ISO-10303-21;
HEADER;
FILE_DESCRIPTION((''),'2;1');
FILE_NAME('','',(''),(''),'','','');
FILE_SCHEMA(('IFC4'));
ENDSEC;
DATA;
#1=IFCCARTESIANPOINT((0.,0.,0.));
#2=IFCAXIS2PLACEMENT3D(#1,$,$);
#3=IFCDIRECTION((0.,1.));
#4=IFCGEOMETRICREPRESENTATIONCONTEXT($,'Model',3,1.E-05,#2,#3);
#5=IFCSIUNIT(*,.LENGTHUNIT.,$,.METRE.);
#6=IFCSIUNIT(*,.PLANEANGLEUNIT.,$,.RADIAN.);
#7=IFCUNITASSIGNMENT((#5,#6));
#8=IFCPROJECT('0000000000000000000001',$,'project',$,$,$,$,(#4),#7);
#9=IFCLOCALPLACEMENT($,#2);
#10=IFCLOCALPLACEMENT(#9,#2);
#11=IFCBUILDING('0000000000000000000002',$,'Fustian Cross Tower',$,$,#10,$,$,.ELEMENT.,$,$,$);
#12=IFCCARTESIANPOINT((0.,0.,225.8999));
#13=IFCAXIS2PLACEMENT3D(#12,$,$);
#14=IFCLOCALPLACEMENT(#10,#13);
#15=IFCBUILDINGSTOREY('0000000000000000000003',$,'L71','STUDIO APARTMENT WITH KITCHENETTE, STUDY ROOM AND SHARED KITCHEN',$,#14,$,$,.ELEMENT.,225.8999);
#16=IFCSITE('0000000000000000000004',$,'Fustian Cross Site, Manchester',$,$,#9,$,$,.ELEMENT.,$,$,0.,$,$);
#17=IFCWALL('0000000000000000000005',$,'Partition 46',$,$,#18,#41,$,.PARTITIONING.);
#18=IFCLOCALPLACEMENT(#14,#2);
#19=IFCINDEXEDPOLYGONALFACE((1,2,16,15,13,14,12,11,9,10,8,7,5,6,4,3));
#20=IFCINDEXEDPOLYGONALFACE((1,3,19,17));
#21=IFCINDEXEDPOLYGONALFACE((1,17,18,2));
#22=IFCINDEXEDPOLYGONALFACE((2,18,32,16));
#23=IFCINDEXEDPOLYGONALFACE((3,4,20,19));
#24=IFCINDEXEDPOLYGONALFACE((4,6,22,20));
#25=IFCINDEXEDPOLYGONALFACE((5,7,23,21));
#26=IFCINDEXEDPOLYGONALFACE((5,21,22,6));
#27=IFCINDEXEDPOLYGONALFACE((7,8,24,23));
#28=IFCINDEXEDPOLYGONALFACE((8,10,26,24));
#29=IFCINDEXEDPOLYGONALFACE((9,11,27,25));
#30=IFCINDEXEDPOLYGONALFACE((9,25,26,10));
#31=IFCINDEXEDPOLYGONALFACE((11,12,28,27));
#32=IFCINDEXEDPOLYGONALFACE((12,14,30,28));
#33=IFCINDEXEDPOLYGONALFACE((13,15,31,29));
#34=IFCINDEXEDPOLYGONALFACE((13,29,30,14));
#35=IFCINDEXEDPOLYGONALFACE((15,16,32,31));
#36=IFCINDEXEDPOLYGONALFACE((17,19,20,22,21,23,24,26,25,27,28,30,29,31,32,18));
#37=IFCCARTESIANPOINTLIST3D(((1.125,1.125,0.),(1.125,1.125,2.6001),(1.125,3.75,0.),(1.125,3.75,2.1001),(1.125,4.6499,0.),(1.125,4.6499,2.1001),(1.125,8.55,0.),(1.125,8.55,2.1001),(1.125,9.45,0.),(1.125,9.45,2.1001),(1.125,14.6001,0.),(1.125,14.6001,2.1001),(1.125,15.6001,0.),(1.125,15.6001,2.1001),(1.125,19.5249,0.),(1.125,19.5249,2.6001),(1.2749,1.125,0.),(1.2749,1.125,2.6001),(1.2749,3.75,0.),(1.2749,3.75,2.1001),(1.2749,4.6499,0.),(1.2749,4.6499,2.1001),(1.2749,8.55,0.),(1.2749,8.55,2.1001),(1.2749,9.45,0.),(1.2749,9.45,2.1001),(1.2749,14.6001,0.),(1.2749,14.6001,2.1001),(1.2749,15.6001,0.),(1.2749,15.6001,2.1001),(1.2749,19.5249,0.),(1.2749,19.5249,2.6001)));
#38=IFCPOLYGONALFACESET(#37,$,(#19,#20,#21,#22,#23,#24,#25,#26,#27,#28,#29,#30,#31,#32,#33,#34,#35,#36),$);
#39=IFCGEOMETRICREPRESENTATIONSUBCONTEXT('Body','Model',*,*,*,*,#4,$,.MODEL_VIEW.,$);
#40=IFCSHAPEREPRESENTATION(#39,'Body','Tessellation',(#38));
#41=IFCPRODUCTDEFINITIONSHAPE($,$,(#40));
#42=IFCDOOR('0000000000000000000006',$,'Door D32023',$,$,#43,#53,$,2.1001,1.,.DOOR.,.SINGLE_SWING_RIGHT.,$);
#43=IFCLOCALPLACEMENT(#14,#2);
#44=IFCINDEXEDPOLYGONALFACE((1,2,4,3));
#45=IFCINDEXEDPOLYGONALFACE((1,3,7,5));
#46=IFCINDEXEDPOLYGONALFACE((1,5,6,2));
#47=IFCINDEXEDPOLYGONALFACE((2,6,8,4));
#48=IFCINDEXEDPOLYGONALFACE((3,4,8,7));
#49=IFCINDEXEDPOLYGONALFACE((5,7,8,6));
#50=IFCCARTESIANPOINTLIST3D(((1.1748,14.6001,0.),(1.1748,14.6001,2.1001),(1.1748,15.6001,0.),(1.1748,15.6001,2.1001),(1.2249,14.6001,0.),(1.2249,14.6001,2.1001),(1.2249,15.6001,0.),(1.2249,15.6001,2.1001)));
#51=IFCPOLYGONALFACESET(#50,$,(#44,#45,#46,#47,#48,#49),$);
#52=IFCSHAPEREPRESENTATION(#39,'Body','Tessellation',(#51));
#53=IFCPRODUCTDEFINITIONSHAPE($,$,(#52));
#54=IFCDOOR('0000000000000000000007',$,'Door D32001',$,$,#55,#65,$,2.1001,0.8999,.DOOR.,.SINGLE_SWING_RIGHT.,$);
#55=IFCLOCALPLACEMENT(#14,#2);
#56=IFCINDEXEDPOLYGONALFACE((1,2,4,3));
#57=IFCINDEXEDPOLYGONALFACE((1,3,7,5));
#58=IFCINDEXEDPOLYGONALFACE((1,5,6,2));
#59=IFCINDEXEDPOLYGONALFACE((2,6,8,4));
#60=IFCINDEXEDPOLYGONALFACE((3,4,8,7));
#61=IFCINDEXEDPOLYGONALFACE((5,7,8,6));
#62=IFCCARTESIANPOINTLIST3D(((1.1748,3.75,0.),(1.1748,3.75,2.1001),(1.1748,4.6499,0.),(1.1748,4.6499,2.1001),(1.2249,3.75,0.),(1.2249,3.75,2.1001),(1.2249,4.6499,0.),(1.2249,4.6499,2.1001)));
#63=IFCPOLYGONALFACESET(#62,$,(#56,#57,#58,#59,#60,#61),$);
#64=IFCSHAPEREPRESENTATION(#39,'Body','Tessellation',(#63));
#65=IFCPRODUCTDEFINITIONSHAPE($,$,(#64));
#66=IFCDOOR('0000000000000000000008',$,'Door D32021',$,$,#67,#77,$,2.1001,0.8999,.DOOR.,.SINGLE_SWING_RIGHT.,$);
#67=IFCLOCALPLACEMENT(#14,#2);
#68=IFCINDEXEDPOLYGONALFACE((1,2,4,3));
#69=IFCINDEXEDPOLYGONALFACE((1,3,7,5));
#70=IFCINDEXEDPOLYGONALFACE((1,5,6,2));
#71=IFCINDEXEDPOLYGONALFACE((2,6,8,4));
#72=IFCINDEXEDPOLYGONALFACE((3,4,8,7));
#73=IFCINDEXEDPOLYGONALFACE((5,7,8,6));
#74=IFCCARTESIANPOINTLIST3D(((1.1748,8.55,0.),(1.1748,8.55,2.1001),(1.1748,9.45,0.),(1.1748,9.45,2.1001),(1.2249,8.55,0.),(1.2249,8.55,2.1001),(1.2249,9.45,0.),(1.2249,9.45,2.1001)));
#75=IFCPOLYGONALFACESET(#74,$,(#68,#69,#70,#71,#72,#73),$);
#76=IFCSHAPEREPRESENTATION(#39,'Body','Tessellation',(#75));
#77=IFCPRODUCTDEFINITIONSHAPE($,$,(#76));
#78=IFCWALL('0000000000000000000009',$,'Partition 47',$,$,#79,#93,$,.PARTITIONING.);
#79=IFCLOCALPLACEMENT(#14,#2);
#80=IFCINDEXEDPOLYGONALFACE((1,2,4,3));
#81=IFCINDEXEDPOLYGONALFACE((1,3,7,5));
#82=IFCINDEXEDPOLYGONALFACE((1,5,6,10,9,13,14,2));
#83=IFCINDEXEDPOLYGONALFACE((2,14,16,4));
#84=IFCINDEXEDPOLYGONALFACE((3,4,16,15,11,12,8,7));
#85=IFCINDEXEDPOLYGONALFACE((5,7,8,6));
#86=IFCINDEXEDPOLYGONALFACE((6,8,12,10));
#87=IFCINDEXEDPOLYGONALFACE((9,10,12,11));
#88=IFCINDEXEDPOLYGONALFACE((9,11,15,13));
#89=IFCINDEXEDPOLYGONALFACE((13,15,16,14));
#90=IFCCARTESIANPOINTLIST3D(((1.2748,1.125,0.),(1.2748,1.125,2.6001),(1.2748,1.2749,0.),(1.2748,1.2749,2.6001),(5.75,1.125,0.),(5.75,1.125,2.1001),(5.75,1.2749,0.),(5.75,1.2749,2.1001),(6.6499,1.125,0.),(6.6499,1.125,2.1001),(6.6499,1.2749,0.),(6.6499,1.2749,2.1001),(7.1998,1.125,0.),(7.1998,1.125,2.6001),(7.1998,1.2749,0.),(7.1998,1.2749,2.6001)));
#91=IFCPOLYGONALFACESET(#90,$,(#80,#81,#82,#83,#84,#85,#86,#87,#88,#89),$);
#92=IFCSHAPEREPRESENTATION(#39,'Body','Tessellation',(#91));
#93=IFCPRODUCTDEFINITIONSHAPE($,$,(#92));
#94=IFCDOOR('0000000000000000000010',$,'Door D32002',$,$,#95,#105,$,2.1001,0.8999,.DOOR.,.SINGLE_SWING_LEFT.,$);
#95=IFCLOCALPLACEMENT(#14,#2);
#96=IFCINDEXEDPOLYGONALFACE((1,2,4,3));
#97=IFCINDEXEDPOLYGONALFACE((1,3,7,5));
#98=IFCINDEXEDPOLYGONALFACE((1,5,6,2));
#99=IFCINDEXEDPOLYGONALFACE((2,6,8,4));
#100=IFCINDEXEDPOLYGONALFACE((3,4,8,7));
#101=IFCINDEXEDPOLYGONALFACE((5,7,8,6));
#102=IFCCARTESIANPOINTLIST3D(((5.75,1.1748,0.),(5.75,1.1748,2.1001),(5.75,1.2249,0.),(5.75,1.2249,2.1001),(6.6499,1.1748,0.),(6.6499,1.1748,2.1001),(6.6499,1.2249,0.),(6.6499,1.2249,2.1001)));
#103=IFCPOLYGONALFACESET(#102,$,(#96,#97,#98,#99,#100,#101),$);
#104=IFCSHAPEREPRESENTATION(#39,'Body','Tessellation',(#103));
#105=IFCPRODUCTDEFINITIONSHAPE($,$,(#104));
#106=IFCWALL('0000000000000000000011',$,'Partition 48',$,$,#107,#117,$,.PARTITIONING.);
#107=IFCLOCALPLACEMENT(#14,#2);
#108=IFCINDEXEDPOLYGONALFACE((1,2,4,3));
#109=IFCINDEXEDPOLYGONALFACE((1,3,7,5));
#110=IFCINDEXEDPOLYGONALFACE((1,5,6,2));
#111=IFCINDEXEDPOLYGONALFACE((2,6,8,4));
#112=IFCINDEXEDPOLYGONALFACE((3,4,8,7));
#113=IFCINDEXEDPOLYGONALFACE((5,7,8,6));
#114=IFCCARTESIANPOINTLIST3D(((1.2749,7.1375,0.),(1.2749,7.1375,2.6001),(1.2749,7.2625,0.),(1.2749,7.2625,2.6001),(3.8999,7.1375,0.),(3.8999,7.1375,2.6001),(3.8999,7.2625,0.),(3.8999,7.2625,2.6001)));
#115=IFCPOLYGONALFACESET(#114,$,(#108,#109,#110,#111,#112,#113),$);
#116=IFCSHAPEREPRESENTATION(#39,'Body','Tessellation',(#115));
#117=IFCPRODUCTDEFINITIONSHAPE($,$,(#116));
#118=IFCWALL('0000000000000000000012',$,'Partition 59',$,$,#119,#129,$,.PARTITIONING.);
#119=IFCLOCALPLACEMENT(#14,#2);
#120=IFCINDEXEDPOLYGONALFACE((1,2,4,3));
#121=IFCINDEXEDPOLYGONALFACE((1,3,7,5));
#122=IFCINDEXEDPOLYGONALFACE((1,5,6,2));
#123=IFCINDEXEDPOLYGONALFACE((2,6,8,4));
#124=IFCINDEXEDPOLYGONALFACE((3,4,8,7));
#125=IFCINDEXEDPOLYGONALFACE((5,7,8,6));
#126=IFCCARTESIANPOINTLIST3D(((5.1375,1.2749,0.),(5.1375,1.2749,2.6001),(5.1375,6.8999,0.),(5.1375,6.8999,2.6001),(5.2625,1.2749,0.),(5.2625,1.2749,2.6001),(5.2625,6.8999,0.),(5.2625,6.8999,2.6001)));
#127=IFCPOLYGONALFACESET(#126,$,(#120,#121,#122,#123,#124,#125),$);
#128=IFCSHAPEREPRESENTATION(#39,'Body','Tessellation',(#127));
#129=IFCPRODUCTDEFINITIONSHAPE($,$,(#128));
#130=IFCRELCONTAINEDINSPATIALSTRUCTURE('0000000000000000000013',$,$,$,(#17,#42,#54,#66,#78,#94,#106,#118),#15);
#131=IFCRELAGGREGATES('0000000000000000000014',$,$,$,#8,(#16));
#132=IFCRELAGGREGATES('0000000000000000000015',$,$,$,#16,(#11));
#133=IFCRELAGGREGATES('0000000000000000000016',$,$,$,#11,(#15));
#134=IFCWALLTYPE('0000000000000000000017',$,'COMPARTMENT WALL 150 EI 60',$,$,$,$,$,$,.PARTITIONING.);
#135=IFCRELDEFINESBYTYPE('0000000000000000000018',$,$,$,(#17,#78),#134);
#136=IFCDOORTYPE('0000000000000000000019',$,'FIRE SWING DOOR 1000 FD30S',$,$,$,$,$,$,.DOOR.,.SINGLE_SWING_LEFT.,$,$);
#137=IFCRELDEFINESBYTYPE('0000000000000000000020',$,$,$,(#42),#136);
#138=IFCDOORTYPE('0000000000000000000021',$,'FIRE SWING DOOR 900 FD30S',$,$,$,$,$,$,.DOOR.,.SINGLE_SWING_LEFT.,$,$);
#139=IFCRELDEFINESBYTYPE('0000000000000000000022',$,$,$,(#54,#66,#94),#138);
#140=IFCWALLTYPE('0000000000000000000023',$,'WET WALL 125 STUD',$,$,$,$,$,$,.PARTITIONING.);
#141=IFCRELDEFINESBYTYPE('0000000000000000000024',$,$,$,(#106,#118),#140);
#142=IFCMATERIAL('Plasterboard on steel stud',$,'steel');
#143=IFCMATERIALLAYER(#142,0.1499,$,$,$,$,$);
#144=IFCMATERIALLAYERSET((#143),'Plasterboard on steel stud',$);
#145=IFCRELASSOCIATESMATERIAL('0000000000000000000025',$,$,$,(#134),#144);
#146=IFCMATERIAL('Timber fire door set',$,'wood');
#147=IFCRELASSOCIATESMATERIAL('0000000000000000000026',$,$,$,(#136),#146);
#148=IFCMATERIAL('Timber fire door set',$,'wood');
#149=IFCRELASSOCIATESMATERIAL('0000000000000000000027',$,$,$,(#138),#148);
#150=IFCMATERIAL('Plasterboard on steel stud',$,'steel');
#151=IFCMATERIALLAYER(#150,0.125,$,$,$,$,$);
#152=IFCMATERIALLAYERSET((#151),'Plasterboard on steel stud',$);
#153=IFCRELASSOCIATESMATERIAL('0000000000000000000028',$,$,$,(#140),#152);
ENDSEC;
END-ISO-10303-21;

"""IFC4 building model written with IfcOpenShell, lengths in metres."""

from ifc_helpers import new_model, si_unit, direction, frame, frame_2d, origin, place, context, subcontext, project, spatial, rectangle, extrude, material, layer, layer_set, type_object, element, fill, save


model = new_model("IFC4")

# Units and contexts
model_context = context("Model", 3, precision=1e-05, world=origin(), true_north=direction((0.0, 1.0)))
body_context = subcontext(model_context, "Body", "Model", "MODEL_VIEW")
ifc_project = project(units=[si_unit("LENGTHUNIT", "METRE"), si_unit("PLANEANGLEUNIT", "RADIAN")], contexts=[model_context])

# Site, building, storey
site_placement = place(None, origin())
site = spatial("IfcSite", under=ifc_project, at=site_placement, Name="Fustian Cross Site, Manchester", CompositionType="ELEMENT", RefElevation=0.0)
building_placement = place(site_placement, origin())
building = spatial("IfcBuilding", under=site, at=building_placement, Name="Fustian Cross Tower", CompositionType="ELEMENT")
storey_placement = place(building_placement, frame((0.0, 0.0, 225.8999)))
storey = spatial("IfcBuildingStorey", under=building, at=storey_placement, Name="L71", Description="STUDIO APARTMENT WITH KITCHENETTE, STUDY ROOM AND SHARED KITCHEN", CompositionType="ELEMENT", Elevation=225.8999)

# Wall, openings, doors
ifc_material_1 = material(Name="Plasterboard on steel stud", Category="steel")
ifc_layer_1 = layer(ifc_material_1, 0.1499)
ifc_layer_set_1 = layer_set([ifc_layer_1], Name="Plasterboard on steel stud")
wall_type_1 = type_object("IfcWallType", Name="COMPARTMENT WALL 150 EI 60", PredefinedType="PARTITIONING", material=ifc_layer_set_1)
wall_1_placement = place(storey_placement, frame((1.2, 1.125, 0.0), z_axis=(0.0, 0.0, 1.0), x_axis=(0.0, 1.0, 0.0)))
wall_1 = element("IfcWall", 1, at=wall_1_placement, inside=storey, type_object=wall_type_1, Name="Partition 46", PredefinedType="PARTITIONING", context=body_context, shape_type="SweptSolid", body=[
    extrude(rectangle(XDim=18.3999, YDim=0.1499, at=frame_2d((9.2, 0.0))), origin(), (0.0, 0.0, 1.0), 2.6001),
])
opening_1_placement = place(wall_1_placement, frame((2.625, 0.0, 0.0)))
opening_1 = element("IfcOpeningElement", 2, at=opening_1_placement, cuts=wall_1, PredefinedType="OPENING", context=body_context, shape_type="SweptSolid", body=[
    extrude(rectangle(XDim=0.8999, YDim=2.1001, at=frame_2d((0.45, 1.05))), frame((0.0, 0.085, 0.0), z_axis=(0.0, -1.0, 0.0), x_axis=(1.0, 0.0, 0.0)), (0.0, 0.0, 1.0), 0.1699),
])
opening_2_placement = place(wall_1_placement, frame((7.425, 0.0, 0.0)))
opening_2 = element("IfcOpeningElement", 3, at=opening_2_placement, cuts=wall_1, PredefinedType="OPENING", context=body_context, shape_type="SweptSolid", body=[
    extrude(rectangle(XDim=0.8999, YDim=2.1001, at=frame_2d((0.45, 1.05))), frame((0.0, 0.085, 0.0), z_axis=(0.0, -1.0, 0.0), x_axis=(1.0, 0.0, 0.0)), (0.0, 0.0, 1.0), 0.1699),
])
opening_3_placement = place(wall_1_placement, frame((13.4751, 0.0, 0.0)))
opening_3 = element("IfcOpeningElement", 4, at=opening_3_placement, cuts=wall_1, PredefinedType="OPENING", context=body_context, shape_type="SweptSolid", body=[
    extrude(rectangle(XDim=1.0, YDim=2.1001, at=frame_2d((0.5, 1.05))), frame((0.0, 0.085, 0.0), z_axis=(0.0, -1.0, 0.0), x_axis=(1.0, 0.0, 0.0)), (0.0, 0.0, 1.0), 0.1699),
])
ifc_material_2 = material(Name="Timber fire door set", Category="wood")
door_type_1 = type_object("IfcDoorType", Name="FIRE SWING DOOR 1000 FD30S", OperationType="SINGLE_SWING_LEFT", PredefinedType="DOOR", material=ifc_material_2)
door_1_placement = place(opening_3_placement, frame((1.0, 0.0, 0.0), z_axis=(0.0, 0.0, 1.0), x_axis=(-1.0, 0.0, 0.0)))
door_1 = element("IfcDoor", 5, at=door_1_placement, inside=storey, type_object=door_type_1, Name="Door D32023", OperationType="SINGLE_SWING_RIGHT", OverallHeight=2.1001, OverallWidth=1.0, PredefinedType="DOOR", context=body_context, shape_type="SweptSolid", body=[
    extrude(rectangle(XDim=1.0, YDim=2.1001, at=frame_2d((0.5, 1.05))), frame((0.0, 0.0249, 0.0), z_axis=(0.0, -1.0, 0.0), x_axis=(1.0, 0.0, 0.0)), (0.0, 0.0, 1.0), 0.05),
])
fill(opening_3, door_1)
ifc_material_3 = material(Name="Timber fire door set", Category="wood")
door_type_2 = type_object("IfcDoorType", Name="FIRE SWING DOOR 900 FD30S", OperationType="SINGLE_SWING_LEFT", PredefinedType="DOOR", material=ifc_material_3)
door_2_placement = place(opening_1_placement, frame((0.8999, 0.0, 0.0), z_axis=(0.0, 0.0, 1.0), x_axis=(-1.0, 0.0, 0.0)))
door_2 = element("IfcDoor", 6, at=door_2_placement, inside=storey, type_object=door_type_2, Name="Door D32001", OperationType="SINGLE_SWING_RIGHT", OverallHeight=2.1001, OverallWidth=0.8999, PredefinedType="DOOR", context=body_context, shape_type="SweptSolid", body=[
    extrude(rectangle(XDim=0.8999, YDim=2.1001, at=frame_2d((0.45, 1.05))), frame((0.0, 0.0249, 0.0), z_axis=(0.0, -1.0, 0.0), x_axis=(1.0, 0.0, 0.0)), (0.0, 0.0, 1.0), 0.05),
])
fill(opening_1, door_2)
door_3_placement = place(opening_2_placement, frame((0.8999, 0.0, 0.0), z_axis=(0.0, 0.0, 1.0), x_axis=(-1.0, 0.0, 0.0)))
door_3 = element("IfcDoor", 7, at=door_3_placement, inside=storey, type_object=door_type_2, Name="Door D32021", OperationType="SINGLE_SWING_RIGHT", OverallHeight=2.1001, OverallWidth=0.8999, PredefinedType="DOOR", context=body_context, shape_type="SweptSolid", body=[
    extrude(rectangle(XDim=0.8999, YDim=2.1001, at=frame_2d((0.45, 1.05))), frame((0.0, 0.0249, 0.0), z_axis=(0.0, -1.0, 0.0), x_axis=(1.0, 0.0, 0.0)), (0.0, 0.0, 1.0), 0.05),
])
fill(opening_2, door_3)

# Wall, opening, door
wall_2_placement = place(storey_placement, frame((1.2749, 1.2, 0.0), z_axis=(0.0, 0.0, 1.0), x_axis=(1.0, 0.0, 0.0)))
wall_2 = element("IfcWall", 8, at=wall_2_placement, inside=storey, type_object=wall_type_1, Name="Partition 47", PredefinedType="PARTITIONING", context=body_context, shape_type="SweptSolid", body=[
    extrude(rectangle(XDim=5.925, YDim=0.1499, at=frame_2d((2.9624, 0.0))), origin(), (0.0, 0.0, 1.0), 2.6001),
])
opening_4_placement = place(wall_2_placement, frame((4.4751, 0.0, 0.0)))
opening_4 = element("IfcOpeningElement", 9, at=opening_4_placement, cuts=wall_2, PredefinedType="OPENING", context=body_context, shape_type="SweptSolid", body=[
    extrude(rectangle(XDim=0.8999, YDim=2.1001, at=frame_2d((0.45, 1.05))), frame((0.0, 0.085, 0.0), z_axis=(0.0, -1.0, 0.0), x_axis=(1.0, 0.0, 0.0)), (0.0, 0.0, 1.0), 0.1699),
])
door_4_placement = place(opening_4_placement, origin())
door_4 = element("IfcDoor", 10, at=door_4_placement, inside=storey, type_object=door_type_2, Name="Door D32002", OperationType="SINGLE_SWING_LEFT", OverallHeight=2.1001, OverallWidth=0.8999, PredefinedType="DOOR", context=body_context, shape_type="SweptSolid", body=[
    extrude(rectangle(XDim=0.8999, YDim=2.1001, at=frame_2d((0.45, 1.05))), frame((0.0, 0.0249, 0.0), z_axis=(0.0, -1.0, 0.0), x_axis=(1.0, 0.0, 0.0)), (0.0, 0.0, 1.0), 0.05),
])
fill(opening_4, door_4)

# Walls
ifc_material_4 = material(Name="Plasterboard on steel stud", Category="steel")
ifc_layer_2 = layer(ifc_material_4, 0.125)
ifc_layer_set_2 = layer_set([ifc_layer_2], Name="Plasterboard on steel stud")
wall_type_2 = type_object("IfcWallType", Name="WET WALL 125 STUD", PredefinedType="PARTITIONING", material=ifc_layer_set_2)
wall_3_placement = place(storey_placement, frame((1.2749, 7.2, 0.0), z_axis=(0.0, 0.0, 1.0), x_axis=(1.0, 0.0, 0.0)))
element("IfcWall", 11, at=wall_3_placement, inside=storey, type_object=wall_type_2, Name="Partition 48", PredefinedType="PARTITIONING", context=body_context, shape_type="SweptSolid", body=[
    extrude(rectangle(XDim=2.625, YDim=0.125, at=frame_2d((1.3125, 0.0))), origin(), (0.0, 0.0, 1.0), 2.6001),
])
wall_4_placement = place(storey_placement, frame((5.2, 1.2749, 0.0), z_axis=(0.0, 0.0, 1.0), x_axis=(0.0, 1.0, 0.0)))
element("IfcWall", 12, at=wall_4_placement, inside=storey, type_object=wall_type_2, Name="Partition 59", PredefinedType="PARTITIONING", context=body_context, shape_type="SweptSolid", body=[
    extrude(rectangle(XDim=5.625, YDim=0.125, at=frame_2d((2.8125, 0.0))), origin(), (0.0, 0.0, 1.0), 2.6001),
])

save(model, "model.ifc")
